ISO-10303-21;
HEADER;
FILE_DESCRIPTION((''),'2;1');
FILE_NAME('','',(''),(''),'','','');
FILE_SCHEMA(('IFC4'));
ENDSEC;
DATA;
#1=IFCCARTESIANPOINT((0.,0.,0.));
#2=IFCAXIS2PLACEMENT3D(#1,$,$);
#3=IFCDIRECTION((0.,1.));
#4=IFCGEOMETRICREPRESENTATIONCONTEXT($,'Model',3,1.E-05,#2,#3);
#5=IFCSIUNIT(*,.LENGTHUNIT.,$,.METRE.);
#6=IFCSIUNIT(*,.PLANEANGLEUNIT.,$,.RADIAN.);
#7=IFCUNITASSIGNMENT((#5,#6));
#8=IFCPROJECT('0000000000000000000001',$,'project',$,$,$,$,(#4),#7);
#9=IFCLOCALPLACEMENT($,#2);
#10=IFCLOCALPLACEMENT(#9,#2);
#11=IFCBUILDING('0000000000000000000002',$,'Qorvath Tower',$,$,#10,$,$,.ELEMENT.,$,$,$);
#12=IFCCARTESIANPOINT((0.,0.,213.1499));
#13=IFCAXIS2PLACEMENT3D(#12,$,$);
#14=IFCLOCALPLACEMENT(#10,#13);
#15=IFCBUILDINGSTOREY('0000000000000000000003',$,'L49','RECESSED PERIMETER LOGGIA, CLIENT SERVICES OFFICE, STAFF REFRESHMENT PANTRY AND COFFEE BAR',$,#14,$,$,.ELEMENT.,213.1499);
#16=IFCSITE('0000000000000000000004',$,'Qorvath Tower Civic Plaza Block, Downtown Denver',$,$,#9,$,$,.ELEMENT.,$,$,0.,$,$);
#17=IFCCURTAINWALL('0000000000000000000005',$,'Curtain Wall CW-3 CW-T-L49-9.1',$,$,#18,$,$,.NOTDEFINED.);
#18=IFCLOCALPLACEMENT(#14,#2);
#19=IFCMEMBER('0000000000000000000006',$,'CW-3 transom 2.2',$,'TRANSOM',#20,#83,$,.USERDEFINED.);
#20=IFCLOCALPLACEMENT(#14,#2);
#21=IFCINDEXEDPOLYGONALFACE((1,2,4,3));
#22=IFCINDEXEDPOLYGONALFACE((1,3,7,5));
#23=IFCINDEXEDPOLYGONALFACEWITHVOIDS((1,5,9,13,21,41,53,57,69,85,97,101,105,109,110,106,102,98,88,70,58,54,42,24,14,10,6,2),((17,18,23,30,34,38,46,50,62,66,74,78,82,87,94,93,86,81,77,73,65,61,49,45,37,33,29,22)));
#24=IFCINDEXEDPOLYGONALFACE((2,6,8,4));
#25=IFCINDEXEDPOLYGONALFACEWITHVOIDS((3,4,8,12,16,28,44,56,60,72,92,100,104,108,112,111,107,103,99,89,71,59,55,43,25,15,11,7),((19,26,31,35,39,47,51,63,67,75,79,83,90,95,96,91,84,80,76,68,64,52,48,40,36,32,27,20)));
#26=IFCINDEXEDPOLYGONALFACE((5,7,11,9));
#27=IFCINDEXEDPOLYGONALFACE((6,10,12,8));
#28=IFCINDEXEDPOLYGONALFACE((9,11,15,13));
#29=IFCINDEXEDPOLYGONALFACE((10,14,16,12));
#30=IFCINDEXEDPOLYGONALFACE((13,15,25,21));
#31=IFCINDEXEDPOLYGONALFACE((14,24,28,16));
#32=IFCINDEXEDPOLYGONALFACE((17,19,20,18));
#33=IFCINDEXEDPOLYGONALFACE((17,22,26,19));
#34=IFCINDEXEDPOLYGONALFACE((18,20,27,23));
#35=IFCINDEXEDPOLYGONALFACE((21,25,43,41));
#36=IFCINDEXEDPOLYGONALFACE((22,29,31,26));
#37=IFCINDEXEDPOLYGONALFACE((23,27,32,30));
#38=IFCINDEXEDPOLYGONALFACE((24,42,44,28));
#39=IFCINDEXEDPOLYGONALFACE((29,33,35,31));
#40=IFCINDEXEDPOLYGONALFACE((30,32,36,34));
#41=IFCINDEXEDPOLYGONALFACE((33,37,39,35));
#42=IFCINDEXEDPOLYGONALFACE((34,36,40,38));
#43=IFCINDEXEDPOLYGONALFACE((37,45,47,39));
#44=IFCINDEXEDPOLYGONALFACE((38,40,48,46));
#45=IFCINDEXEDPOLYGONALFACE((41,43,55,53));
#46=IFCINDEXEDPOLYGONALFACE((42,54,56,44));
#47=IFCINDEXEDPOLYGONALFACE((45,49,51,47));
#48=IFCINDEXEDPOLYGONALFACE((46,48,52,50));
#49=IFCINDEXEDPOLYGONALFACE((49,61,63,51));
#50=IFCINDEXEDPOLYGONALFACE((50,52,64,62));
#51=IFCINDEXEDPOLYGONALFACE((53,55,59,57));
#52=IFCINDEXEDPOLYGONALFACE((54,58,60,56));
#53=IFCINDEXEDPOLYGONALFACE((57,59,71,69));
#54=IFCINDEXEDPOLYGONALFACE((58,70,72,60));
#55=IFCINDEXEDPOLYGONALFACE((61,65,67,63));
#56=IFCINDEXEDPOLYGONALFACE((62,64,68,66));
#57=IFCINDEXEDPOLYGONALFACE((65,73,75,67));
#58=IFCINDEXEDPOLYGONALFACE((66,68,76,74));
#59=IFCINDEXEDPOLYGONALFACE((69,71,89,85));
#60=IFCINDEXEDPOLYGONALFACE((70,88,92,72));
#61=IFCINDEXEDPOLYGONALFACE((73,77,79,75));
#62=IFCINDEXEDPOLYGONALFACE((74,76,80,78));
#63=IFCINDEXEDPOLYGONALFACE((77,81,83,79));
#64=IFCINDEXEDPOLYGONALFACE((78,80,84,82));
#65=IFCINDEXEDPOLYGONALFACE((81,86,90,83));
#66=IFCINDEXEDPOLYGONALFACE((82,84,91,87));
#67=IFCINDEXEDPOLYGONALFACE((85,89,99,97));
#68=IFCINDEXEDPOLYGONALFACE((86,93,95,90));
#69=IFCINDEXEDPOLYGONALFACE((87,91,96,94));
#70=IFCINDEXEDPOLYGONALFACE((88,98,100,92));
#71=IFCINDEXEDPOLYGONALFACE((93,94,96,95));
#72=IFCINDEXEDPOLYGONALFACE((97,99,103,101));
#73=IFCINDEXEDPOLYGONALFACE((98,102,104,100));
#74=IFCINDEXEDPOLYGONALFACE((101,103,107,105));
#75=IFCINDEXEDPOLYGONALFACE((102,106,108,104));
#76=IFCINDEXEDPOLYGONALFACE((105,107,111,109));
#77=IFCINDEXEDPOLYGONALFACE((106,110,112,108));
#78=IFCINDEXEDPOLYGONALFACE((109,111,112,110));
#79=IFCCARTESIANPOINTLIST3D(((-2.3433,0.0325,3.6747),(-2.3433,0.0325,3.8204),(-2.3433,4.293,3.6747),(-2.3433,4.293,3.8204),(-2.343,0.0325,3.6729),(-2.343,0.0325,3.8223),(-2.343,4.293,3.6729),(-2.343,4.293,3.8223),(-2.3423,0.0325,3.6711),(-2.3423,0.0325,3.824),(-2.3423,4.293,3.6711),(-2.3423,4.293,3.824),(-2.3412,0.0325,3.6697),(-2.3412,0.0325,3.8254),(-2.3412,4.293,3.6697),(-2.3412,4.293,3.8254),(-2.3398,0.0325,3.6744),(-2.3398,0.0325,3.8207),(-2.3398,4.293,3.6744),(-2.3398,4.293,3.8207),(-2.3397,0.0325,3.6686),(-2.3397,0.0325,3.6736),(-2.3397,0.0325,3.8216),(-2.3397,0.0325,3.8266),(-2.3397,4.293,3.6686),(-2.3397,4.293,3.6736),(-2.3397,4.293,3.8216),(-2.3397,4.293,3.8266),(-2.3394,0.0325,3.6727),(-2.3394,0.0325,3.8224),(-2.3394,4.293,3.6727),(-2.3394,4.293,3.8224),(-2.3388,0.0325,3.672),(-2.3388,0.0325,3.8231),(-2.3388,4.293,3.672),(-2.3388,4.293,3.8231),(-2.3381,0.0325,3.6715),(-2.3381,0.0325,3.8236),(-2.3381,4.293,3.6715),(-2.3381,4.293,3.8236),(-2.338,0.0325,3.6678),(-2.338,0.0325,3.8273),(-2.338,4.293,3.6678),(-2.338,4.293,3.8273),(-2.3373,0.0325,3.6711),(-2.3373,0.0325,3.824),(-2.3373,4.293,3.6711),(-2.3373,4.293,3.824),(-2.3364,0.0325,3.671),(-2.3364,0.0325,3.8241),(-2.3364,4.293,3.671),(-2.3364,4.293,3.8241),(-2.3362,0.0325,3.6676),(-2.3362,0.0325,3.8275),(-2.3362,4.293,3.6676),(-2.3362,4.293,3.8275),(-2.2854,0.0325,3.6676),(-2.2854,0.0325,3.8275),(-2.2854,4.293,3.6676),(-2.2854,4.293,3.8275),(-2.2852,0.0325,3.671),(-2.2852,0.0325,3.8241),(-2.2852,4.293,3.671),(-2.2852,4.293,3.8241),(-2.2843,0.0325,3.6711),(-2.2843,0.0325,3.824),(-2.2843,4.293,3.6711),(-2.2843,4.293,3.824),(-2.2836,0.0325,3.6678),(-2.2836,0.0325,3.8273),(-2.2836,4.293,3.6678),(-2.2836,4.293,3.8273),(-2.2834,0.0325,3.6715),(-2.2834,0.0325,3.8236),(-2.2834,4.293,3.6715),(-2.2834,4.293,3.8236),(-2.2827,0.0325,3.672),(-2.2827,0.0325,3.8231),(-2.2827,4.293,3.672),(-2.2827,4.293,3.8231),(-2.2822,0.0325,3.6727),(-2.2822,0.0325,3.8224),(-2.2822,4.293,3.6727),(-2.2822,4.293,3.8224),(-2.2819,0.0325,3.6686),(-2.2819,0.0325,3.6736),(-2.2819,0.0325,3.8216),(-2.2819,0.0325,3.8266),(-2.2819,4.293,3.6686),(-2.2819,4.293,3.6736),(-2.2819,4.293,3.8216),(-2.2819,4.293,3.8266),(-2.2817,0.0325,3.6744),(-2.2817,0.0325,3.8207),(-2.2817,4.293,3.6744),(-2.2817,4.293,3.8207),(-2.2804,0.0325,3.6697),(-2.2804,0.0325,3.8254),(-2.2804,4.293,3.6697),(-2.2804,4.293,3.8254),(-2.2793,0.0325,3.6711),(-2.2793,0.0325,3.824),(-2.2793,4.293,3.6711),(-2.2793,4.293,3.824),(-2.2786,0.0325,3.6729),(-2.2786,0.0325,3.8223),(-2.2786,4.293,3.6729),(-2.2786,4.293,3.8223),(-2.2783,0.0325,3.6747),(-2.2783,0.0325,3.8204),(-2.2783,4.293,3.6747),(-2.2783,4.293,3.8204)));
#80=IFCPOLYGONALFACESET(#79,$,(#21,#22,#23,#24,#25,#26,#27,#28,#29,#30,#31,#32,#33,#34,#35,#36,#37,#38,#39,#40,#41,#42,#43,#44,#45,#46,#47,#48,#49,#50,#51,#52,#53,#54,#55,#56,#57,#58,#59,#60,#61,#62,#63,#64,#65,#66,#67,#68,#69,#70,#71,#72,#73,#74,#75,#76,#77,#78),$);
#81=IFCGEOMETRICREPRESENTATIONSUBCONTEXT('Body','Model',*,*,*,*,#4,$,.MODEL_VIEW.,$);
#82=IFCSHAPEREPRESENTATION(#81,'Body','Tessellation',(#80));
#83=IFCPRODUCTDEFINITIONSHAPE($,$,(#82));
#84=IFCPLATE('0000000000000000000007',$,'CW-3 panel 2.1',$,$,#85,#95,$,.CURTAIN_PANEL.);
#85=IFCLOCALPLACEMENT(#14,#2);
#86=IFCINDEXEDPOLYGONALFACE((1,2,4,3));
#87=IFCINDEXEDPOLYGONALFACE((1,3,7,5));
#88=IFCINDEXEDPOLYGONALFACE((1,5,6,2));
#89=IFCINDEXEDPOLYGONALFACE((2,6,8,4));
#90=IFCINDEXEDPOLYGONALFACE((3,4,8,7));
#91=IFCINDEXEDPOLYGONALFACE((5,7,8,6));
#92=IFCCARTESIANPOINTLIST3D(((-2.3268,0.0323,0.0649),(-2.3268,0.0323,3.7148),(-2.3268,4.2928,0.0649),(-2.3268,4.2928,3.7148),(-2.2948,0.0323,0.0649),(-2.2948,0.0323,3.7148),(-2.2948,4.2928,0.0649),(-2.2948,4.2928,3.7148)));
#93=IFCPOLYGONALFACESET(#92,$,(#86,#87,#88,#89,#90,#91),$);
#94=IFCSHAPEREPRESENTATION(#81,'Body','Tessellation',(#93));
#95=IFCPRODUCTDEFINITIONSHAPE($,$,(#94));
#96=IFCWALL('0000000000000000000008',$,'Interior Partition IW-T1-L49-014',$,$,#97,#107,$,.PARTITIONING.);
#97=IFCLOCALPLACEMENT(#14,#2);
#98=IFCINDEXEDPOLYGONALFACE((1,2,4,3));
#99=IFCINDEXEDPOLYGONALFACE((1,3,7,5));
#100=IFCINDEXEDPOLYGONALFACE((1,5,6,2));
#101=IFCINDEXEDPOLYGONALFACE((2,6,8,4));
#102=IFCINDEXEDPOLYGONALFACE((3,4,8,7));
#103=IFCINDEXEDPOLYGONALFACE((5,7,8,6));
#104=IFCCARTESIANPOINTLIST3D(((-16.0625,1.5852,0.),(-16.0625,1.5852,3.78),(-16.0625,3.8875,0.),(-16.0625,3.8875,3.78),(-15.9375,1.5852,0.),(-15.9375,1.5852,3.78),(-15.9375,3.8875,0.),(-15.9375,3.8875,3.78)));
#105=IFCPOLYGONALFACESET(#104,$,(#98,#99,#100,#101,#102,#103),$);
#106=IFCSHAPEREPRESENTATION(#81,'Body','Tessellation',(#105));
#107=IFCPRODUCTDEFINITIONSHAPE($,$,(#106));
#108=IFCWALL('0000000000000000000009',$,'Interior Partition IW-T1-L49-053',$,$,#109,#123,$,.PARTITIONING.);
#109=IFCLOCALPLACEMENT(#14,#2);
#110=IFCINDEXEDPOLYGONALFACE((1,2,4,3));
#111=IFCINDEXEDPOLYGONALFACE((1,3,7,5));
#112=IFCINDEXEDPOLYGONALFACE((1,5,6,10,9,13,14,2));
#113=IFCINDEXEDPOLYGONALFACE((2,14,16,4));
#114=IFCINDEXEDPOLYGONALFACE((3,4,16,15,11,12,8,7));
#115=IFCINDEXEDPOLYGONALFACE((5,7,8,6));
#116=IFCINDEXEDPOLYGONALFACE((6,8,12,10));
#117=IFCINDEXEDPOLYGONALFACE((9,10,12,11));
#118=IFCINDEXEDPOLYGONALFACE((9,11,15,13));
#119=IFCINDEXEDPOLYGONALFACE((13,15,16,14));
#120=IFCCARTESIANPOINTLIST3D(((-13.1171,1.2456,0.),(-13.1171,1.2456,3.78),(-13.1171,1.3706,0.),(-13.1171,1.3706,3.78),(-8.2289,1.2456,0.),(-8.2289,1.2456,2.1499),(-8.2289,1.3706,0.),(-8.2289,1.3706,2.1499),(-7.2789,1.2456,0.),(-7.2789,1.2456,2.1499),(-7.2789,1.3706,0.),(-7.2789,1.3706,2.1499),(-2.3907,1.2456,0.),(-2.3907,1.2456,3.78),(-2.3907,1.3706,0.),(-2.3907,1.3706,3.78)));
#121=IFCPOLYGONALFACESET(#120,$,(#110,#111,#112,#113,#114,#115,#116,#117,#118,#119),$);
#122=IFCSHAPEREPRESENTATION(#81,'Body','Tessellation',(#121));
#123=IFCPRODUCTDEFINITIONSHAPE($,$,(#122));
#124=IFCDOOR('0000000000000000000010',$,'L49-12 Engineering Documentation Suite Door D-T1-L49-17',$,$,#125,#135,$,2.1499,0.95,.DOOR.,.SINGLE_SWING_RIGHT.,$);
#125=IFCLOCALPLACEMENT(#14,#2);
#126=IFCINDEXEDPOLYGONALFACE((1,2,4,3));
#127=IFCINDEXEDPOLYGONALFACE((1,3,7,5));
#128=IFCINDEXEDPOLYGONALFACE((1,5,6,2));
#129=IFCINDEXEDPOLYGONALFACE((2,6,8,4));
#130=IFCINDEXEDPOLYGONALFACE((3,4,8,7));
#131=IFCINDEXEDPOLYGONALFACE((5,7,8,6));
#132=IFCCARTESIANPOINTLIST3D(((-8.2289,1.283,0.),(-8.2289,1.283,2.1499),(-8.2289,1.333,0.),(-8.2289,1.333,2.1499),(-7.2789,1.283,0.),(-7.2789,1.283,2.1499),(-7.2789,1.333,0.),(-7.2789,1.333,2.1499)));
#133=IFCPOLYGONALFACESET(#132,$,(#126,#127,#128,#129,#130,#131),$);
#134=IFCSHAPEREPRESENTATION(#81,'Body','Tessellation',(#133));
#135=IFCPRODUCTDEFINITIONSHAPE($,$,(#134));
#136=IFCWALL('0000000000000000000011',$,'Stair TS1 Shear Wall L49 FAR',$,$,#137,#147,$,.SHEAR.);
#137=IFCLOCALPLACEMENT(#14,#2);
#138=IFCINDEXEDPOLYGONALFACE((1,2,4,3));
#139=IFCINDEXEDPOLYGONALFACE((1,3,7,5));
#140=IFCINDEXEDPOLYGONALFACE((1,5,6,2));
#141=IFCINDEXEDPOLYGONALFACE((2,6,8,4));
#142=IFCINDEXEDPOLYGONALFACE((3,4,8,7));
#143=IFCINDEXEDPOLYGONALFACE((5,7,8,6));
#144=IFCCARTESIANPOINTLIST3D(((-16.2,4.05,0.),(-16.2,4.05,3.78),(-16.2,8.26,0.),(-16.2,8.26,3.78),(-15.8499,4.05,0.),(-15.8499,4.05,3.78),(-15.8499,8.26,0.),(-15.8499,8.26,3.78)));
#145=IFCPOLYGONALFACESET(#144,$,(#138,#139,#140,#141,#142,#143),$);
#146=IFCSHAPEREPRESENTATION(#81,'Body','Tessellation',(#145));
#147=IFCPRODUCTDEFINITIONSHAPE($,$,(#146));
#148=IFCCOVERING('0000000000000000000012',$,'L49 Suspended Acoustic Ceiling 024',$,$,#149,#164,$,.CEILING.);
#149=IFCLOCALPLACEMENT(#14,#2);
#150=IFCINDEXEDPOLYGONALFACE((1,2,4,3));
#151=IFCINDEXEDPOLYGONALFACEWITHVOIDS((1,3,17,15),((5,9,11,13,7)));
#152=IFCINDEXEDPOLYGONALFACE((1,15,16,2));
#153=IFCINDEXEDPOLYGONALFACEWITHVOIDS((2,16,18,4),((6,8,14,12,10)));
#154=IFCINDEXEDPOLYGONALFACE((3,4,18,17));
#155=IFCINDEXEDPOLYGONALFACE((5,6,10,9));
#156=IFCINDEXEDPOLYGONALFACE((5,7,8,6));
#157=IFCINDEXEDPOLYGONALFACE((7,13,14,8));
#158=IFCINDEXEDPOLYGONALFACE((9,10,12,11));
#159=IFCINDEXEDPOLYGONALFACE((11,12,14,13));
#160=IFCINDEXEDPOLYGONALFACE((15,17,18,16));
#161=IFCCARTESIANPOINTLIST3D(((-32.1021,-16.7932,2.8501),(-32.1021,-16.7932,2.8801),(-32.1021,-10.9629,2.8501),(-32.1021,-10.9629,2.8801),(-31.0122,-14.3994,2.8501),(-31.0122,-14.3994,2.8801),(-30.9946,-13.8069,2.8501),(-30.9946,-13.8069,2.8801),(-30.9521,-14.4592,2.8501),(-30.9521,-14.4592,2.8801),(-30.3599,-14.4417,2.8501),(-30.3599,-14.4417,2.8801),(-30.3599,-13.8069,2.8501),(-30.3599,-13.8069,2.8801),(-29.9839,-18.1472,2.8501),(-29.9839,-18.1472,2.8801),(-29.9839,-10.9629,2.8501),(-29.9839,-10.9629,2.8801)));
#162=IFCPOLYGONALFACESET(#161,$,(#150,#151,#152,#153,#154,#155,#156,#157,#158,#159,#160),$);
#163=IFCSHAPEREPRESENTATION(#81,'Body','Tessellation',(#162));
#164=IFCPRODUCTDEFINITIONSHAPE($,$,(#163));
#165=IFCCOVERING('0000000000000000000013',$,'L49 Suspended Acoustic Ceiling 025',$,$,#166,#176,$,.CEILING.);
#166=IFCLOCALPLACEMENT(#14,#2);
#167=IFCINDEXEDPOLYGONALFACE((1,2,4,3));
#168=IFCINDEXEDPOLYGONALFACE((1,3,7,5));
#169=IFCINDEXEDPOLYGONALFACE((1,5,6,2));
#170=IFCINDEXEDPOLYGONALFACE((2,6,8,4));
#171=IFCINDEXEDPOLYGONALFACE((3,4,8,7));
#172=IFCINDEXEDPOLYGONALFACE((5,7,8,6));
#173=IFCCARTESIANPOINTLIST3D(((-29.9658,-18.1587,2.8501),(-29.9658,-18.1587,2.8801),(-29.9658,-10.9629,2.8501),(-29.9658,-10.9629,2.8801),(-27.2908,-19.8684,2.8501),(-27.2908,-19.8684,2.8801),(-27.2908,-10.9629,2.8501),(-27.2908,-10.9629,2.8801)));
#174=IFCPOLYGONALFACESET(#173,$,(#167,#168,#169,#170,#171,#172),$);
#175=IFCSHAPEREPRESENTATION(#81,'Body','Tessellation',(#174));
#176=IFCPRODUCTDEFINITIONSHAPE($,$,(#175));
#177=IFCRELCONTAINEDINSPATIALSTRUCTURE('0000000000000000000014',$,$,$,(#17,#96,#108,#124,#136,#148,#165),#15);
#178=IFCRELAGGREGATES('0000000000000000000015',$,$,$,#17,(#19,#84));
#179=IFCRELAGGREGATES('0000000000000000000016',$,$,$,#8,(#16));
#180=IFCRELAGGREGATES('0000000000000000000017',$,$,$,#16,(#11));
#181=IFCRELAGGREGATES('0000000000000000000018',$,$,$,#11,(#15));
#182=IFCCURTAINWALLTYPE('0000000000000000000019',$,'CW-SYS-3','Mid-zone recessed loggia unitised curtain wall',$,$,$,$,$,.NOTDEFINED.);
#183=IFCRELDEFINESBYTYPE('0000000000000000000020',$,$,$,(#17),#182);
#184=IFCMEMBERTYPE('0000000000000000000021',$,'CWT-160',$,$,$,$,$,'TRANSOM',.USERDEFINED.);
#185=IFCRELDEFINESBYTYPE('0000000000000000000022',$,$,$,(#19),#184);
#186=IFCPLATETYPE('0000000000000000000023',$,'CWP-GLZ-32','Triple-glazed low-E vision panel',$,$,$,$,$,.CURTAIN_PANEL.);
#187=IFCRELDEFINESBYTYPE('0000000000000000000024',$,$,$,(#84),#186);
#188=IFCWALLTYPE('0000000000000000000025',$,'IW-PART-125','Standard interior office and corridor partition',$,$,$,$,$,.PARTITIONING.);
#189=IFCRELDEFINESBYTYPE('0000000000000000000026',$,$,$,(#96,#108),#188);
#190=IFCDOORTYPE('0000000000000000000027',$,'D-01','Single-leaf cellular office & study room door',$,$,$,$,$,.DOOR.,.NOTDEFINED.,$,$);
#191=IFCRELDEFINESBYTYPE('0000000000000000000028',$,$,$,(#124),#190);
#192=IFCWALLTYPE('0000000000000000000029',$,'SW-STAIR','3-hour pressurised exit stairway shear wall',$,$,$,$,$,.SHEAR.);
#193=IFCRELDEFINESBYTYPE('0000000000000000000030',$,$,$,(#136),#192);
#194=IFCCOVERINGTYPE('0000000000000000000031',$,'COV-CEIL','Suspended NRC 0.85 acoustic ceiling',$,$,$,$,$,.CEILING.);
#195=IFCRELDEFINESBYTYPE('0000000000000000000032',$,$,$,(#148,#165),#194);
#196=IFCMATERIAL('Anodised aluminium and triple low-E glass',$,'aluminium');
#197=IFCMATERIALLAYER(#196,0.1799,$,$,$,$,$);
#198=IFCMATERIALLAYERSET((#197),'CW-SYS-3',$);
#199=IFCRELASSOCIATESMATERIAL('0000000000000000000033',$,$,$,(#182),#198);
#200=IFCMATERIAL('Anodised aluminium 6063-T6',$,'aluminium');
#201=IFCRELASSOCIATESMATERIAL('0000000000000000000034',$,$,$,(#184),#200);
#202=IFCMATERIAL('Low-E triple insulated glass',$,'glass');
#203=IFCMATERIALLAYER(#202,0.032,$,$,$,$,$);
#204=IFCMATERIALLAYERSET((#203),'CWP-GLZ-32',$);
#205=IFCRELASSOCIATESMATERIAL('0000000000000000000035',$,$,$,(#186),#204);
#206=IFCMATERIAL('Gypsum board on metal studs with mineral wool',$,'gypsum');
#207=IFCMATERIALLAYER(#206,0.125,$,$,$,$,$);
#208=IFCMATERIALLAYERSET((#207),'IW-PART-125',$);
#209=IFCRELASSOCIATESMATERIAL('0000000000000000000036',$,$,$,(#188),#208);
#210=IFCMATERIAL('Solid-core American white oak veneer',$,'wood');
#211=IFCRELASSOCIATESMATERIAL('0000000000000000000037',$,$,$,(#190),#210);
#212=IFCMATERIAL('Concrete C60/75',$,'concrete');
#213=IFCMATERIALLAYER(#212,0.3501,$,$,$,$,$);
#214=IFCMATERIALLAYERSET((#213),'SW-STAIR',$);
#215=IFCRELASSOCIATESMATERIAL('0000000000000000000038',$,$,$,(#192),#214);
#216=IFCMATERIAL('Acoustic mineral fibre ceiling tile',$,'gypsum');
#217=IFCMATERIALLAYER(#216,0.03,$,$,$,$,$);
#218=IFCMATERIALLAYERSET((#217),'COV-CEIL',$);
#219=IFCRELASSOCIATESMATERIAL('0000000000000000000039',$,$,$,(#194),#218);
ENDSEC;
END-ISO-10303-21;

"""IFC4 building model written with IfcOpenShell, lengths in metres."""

from ifc_helpers import new_model, si_unit, direction, frame, frame_2d, origin, origin_2d, place, context, subcontext, project, spatial, polyline, rectangle, hollow_rectangle, outline, extrude, material, layer, layer_set, material_profile, profile_set, type_object, element, fill, aggregate, save


model = new_model("IFC4")

# Units and contexts
model_context = context("Model", 3, precision=1e-05, world=origin(), true_north=direction((0.0, 1.0)))
body_context = subcontext(model_context, "Body", "Model", "MODEL_VIEW")
ifc_project = project(units=[si_unit("LENGTHUNIT", "METRE"), si_unit("PLANEANGLEUNIT", "RADIAN")], contexts=[model_context])

# Site, building, storey
site_placement = place(None, origin())
site = spatial("IfcSite", under=ifc_project, at=site_placement, Name="Qorvath Tower Civic Plaza Block, Downtown Denver", CompositionType="ELEMENT", RefElevation=0.0)
building_placement = place(site_placement, origin())
building = spatial("IfcBuilding", under=site, at=building_placement, Name="Qorvath Tower", CompositionType="ELEMENT")
storey_placement = place(building_placement, frame((0.0, 0.0, 213.1499)))
storey = spatial("IfcBuildingStorey", under=building, at=storey_placement, Name="L49", Description="RECESSED PERIMETER LOGGIA, CLIENT SERVICES OFFICE, STAFF REFRESHMENT PANTRY AND COFFEE BAR", CompositionType="ELEMENT", Elevation=213.1499)

# Curtain wall, member, plate
ifc_material_1 = material(Name="Anodised aluminium and triple low-E glass", Category="aluminium")
ifc_layer_1 = layer(ifc_material_1, 0.1799)
ifc_layer_set_1 = layer_set([ifc_layer_1], Name="CW-SYS-3")
curtain_wall_type = type_object("IfcCurtainWallType", Name="CW-SYS-3", Description="Mid-zone recessed loggia unitised curtain wall", PredefinedType="NOTDEFINED", material=ifc_layer_set_1)
curtain_wall_placement = place(storey_placement, origin())
curtain_wall = element("IfcCurtainWall", 1, at=curtain_wall_placement, inside=storey, type_object=curtain_wall_type, Name="Curtain Wall CW-3 CW-T-L49-9.1", PredefinedType="NOTDEFINED")
ifc_material_2 = material(Name="Anodised aluminium 6063-T6", Category="aluminium")
ifc_material_profile_1 = material_profile(ifc_material_2, hollow_rectangle(XDim=0.0649, YDim=0.1599, WallThickness=0.0034, InnerFilletRadius=0.0034, OuterFilletRadius=0.0071, at=origin_2d()), Name="CWT 160x65")
ifc_profile_set_1 = profile_set([ifc_material_profile_1], Name="Anodised aluminium 6063-T6")
member_type_1 = type_object("IfcMemberType", Name="CWT-160", ElementType="TRANSOM", PredefinedType="USERDEFINED", material=ifc_profile_set_1)
member_1_placement = place(storey_placement, frame((-2.3108, 0.0325, 3.7476), z_axis=(0.0, 1.0, 0.0), x_axis=(-1.0, 0.0, 0.0)))
member_1 = element("IfcMember", 2, at=member_1_placement, type_object=member_type_1, Name="CW-3 transom 2.2", ObjectType="TRANSOM", PredefinedType="USERDEFINED", context=body_context, shape_type="SweptSolid", body=[
    extrude(hollow_rectangle(XDim=0.0649, YDim=0.1599, WallThickness=0.0034, InnerFilletRadius=0.0034, OuterFilletRadius=0.0071, at=origin_2d()), origin(), (0.0, 0.0, 1.0), 4.2605),
])
ifc_material_3 = material(Name="Low-E triple insulated glass", Category="glass")
ifc_layer_2 = layer(ifc_material_3, 0.032)
ifc_layer_set_2 = layer_set([ifc_layer_2], Name="CWP-GLZ-32")
plate_type = type_object("IfcPlateType", Name="CWP-GLZ-32", Description="Triple-glazed low-E vision panel", PredefinedType="CURTAIN_PANEL", material=ifc_layer_set_2)
plate_placement = place(storey_placement, frame((-2.3108, 2.1626, 0.0649), z_axis=(0.0, 0.0, 1.0), x_axis=(0.0, 1.0, 0.0)))
plate = element("IfcPlate", 3, at=plate_placement, type_object=plate_type, Name="CW-3 panel 2.1", PredefinedType="CURTAIN_PANEL", context=body_context, shape_type="SweptSolid", body=[
    extrude(rectangle(XDim=4.2605, YDim=0.032, at=origin_2d()), origin(), (0.0, 0.0, 1.0), 3.6499),
])
aggregate(curtain_wall, [member_1, plate])

# Wall
ifc_material_4 = material(Name="Gypsum board on metal studs with mineral wool", Category="gypsum")
ifc_layer_3 = layer(ifc_material_4, 0.125)
ifc_layer_set_3 = layer_set([ifc_layer_3], Name="IW-PART-125")
wall_type_1 = type_object("IfcWallType", Name="IW-PART-125", Description="Standard interior office and corridor partition", PredefinedType="PARTITIONING", material=ifc_layer_set_3)
wall_1_placement = place(storey_placement, frame((-16.0, 1.5852, 0.0), z_axis=(0.0, 0.0, 1.0), x_axis=(0.0, 1.0, 0.0)))
element("IfcWall", 4, at=wall_1_placement, inside=storey, type_object=wall_type_1, Name="Interior Partition IW-T1-L49-014", PredefinedType="PARTITIONING", context=body_context, shape_type="SweptSolid", body=[
    extrude(rectangle(XDim=2.3022, YDim=0.125, at=frame_2d((1.1511, 0.0))), origin(), (0.0, 0.0, 1.0), 3.78),
])

# Wall, opening, door
wall_2_placement = place(storey_placement, frame((-13.1172, 1.3081, 0.0), z_axis=(0.0, 0.0, 1.0), x_axis=(1.0, 0.0, 0.0)))
wall_2 = element("IfcWall", 5, at=wall_2_placement, inside=storey, type_object=wall_type_1, Name="Interior Partition IW-T1-L49-053", PredefinedType="PARTITIONING", context=body_context, shape_type="SweptSolid", body=[
    extrude(rectangle(XDim=10.7263, YDim=0.125, at=frame_2d((5.3633, 0.0))), origin(), (0.0, 0.0, 1.0), 3.78),
])
opening_placement = place(wall_2_placement, frame((4.8882, 0.0, 0.0)))
opening = element("IfcOpeningElement", 6, at=opening_placement, cuts=wall_2, PredefinedType="OPENING", context=body_context, shape_type="SweptSolid", body=[
    extrude(rectangle(XDim=0.95, YDim=2.1499, at=frame_2d((0.4751, 1.075))), frame((0.0, 0.0725, 0.0), z_axis=(0.0, -1.0, 0.0), x_axis=(1.0, 0.0, 0.0)), (0.0, 0.0, 1.0), 0.145),
])
ifc_material_5 = material(Name="Solid-core American white oak veneer", Category="wood")
door_type = type_object("IfcDoorType", Name="D-01", Description="Single-leaf cellular office & study room door", OperationType="NOTDEFINED", PredefinedType="DOOR", material=ifc_material_5)
door_placement = place(opening_placement, origin())
door = element("IfcDoor", 7, at=door_placement, inside=storey, type_object=door_type, Name="L49-12 Engineering Documentation Suite Door D-T1-L49-17", OperationType="SINGLE_SWING_RIGHT", OverallHeight=2.1499, OverallWidth=0.95, PredefinedType="DOOR", context=body_context, shape_type="SweptSolid", body=[
    extrude(rectangle(XDim=0.95, YDim=2.1499, at=frame_2d((0.4751, 1.075))), frame((0.0, 0.0249, 0.0), z_axis=(0.0, -1.0, 0.0), x_axis=(1.0, 0.0, 0.0)), (0.0, 0.0, 1.0), 0.05),
])
fill(opening, door)

# Wall
ifc_material_6 = material(Name="Concrete C60/75", Category="concrete")
ifc_layer_4 = layer(ifc_material_6, 0.3501)
ifc_layer_set_4 = layer_set([ifc_layer_4], Name="SW-STAIR")
wall_type_2 = type_object("IfcWallType", Name="SW-STAIR", Description="3-hour pressurised exit stairway shear wall", PredefinedType="SHEAR", material=ifc_layer_set_4)
wall_3_placement = place(storey_placement, frame((-16.0249, 4.05, 0.0), z_axis=(0.0, 0.0, 1.0), x_axis=(0.0, 1.0, 0.0)))
element("IfcWall", 8, at=wall_3_placement, inside=storey, type_object=wall_type_2, Name="Stair TS1 Shear Wall L49 FAR", PredefinedType="SHEAR", context=body_context, shape_type="SweptSolid", body=[
    extrude(rectangle(XDim=4.21, YDim=0.3501, at=frame_2d((2.105, 0.0))), origin(), (0.0, 0.0, 1.0), 3.78),
])

# Coverings
ifc_material_7 = material(Name="Acoustic mineral fibre ceiling tile", Category="gypsum")
ifc_layer_5 = layer(ifc_material_7, 0.03)
ifc_layer_set_5 = layer_set([ifc_layer_5], Name="COV-CEIL")
covering_type_1 = type_object("IfcCoveringType", Name="COV-CEIL", Description="Suspended NRC 0.85 acoustic ceiling", PredefinedType="CEILING", material=ifc_layer_set_5)
covering_1_placement = place(storey_placement, frame((0.0, 0.0, 2.8501)))
element("IfcCovering", 9, at=covering_1_placement, inside=storey, type_object=covering_type_1, Name="L49 Suspended Acoustic Ceiling 024", PredefinedType="CEILING", context=body_context, shape_type="SweptSolid", body=[
    extrude(outline(polyline([(-32.1021, -10.9629), (-32.1021, -16.7932), (-29.9839, -18.1472), (-29.9839, -10.9629), (-32.1021, -10.9629)]), holes=[polyline([(-31.0122, -14.3994), (-30.9946, -13.8069), (-30.3599, -13.8069), (-30.3599, -14.4417), (-30.9521, -14.4592), (-31.0122, -14.3994)])]), origin(), (0.0, 0.0, 1.0), 0.03),
])
covering_2_placement = place(storey_placement, frame((0.0, 0.0, 2.8501)))
element("IfcCovering", 10, at=covering_2_placement, inside=storey, type_object=covering_type_1, Name="L49 Suspended Acoustic Ceiling 025", PredefinedType="CEILING", context=body_context, shape_type="SweptSolid", body=[
    extrude(outline(polyline([(-29.9658, -10.9629), (-29.9658, -18.1587), (-27.2908, -19.8684), (-27.2908, -10.9629), (-29.9658, -10.9629)])), origin(), (0.0, 0.0, 1.0), 0.03),
])

save(model, "model.ifc")
